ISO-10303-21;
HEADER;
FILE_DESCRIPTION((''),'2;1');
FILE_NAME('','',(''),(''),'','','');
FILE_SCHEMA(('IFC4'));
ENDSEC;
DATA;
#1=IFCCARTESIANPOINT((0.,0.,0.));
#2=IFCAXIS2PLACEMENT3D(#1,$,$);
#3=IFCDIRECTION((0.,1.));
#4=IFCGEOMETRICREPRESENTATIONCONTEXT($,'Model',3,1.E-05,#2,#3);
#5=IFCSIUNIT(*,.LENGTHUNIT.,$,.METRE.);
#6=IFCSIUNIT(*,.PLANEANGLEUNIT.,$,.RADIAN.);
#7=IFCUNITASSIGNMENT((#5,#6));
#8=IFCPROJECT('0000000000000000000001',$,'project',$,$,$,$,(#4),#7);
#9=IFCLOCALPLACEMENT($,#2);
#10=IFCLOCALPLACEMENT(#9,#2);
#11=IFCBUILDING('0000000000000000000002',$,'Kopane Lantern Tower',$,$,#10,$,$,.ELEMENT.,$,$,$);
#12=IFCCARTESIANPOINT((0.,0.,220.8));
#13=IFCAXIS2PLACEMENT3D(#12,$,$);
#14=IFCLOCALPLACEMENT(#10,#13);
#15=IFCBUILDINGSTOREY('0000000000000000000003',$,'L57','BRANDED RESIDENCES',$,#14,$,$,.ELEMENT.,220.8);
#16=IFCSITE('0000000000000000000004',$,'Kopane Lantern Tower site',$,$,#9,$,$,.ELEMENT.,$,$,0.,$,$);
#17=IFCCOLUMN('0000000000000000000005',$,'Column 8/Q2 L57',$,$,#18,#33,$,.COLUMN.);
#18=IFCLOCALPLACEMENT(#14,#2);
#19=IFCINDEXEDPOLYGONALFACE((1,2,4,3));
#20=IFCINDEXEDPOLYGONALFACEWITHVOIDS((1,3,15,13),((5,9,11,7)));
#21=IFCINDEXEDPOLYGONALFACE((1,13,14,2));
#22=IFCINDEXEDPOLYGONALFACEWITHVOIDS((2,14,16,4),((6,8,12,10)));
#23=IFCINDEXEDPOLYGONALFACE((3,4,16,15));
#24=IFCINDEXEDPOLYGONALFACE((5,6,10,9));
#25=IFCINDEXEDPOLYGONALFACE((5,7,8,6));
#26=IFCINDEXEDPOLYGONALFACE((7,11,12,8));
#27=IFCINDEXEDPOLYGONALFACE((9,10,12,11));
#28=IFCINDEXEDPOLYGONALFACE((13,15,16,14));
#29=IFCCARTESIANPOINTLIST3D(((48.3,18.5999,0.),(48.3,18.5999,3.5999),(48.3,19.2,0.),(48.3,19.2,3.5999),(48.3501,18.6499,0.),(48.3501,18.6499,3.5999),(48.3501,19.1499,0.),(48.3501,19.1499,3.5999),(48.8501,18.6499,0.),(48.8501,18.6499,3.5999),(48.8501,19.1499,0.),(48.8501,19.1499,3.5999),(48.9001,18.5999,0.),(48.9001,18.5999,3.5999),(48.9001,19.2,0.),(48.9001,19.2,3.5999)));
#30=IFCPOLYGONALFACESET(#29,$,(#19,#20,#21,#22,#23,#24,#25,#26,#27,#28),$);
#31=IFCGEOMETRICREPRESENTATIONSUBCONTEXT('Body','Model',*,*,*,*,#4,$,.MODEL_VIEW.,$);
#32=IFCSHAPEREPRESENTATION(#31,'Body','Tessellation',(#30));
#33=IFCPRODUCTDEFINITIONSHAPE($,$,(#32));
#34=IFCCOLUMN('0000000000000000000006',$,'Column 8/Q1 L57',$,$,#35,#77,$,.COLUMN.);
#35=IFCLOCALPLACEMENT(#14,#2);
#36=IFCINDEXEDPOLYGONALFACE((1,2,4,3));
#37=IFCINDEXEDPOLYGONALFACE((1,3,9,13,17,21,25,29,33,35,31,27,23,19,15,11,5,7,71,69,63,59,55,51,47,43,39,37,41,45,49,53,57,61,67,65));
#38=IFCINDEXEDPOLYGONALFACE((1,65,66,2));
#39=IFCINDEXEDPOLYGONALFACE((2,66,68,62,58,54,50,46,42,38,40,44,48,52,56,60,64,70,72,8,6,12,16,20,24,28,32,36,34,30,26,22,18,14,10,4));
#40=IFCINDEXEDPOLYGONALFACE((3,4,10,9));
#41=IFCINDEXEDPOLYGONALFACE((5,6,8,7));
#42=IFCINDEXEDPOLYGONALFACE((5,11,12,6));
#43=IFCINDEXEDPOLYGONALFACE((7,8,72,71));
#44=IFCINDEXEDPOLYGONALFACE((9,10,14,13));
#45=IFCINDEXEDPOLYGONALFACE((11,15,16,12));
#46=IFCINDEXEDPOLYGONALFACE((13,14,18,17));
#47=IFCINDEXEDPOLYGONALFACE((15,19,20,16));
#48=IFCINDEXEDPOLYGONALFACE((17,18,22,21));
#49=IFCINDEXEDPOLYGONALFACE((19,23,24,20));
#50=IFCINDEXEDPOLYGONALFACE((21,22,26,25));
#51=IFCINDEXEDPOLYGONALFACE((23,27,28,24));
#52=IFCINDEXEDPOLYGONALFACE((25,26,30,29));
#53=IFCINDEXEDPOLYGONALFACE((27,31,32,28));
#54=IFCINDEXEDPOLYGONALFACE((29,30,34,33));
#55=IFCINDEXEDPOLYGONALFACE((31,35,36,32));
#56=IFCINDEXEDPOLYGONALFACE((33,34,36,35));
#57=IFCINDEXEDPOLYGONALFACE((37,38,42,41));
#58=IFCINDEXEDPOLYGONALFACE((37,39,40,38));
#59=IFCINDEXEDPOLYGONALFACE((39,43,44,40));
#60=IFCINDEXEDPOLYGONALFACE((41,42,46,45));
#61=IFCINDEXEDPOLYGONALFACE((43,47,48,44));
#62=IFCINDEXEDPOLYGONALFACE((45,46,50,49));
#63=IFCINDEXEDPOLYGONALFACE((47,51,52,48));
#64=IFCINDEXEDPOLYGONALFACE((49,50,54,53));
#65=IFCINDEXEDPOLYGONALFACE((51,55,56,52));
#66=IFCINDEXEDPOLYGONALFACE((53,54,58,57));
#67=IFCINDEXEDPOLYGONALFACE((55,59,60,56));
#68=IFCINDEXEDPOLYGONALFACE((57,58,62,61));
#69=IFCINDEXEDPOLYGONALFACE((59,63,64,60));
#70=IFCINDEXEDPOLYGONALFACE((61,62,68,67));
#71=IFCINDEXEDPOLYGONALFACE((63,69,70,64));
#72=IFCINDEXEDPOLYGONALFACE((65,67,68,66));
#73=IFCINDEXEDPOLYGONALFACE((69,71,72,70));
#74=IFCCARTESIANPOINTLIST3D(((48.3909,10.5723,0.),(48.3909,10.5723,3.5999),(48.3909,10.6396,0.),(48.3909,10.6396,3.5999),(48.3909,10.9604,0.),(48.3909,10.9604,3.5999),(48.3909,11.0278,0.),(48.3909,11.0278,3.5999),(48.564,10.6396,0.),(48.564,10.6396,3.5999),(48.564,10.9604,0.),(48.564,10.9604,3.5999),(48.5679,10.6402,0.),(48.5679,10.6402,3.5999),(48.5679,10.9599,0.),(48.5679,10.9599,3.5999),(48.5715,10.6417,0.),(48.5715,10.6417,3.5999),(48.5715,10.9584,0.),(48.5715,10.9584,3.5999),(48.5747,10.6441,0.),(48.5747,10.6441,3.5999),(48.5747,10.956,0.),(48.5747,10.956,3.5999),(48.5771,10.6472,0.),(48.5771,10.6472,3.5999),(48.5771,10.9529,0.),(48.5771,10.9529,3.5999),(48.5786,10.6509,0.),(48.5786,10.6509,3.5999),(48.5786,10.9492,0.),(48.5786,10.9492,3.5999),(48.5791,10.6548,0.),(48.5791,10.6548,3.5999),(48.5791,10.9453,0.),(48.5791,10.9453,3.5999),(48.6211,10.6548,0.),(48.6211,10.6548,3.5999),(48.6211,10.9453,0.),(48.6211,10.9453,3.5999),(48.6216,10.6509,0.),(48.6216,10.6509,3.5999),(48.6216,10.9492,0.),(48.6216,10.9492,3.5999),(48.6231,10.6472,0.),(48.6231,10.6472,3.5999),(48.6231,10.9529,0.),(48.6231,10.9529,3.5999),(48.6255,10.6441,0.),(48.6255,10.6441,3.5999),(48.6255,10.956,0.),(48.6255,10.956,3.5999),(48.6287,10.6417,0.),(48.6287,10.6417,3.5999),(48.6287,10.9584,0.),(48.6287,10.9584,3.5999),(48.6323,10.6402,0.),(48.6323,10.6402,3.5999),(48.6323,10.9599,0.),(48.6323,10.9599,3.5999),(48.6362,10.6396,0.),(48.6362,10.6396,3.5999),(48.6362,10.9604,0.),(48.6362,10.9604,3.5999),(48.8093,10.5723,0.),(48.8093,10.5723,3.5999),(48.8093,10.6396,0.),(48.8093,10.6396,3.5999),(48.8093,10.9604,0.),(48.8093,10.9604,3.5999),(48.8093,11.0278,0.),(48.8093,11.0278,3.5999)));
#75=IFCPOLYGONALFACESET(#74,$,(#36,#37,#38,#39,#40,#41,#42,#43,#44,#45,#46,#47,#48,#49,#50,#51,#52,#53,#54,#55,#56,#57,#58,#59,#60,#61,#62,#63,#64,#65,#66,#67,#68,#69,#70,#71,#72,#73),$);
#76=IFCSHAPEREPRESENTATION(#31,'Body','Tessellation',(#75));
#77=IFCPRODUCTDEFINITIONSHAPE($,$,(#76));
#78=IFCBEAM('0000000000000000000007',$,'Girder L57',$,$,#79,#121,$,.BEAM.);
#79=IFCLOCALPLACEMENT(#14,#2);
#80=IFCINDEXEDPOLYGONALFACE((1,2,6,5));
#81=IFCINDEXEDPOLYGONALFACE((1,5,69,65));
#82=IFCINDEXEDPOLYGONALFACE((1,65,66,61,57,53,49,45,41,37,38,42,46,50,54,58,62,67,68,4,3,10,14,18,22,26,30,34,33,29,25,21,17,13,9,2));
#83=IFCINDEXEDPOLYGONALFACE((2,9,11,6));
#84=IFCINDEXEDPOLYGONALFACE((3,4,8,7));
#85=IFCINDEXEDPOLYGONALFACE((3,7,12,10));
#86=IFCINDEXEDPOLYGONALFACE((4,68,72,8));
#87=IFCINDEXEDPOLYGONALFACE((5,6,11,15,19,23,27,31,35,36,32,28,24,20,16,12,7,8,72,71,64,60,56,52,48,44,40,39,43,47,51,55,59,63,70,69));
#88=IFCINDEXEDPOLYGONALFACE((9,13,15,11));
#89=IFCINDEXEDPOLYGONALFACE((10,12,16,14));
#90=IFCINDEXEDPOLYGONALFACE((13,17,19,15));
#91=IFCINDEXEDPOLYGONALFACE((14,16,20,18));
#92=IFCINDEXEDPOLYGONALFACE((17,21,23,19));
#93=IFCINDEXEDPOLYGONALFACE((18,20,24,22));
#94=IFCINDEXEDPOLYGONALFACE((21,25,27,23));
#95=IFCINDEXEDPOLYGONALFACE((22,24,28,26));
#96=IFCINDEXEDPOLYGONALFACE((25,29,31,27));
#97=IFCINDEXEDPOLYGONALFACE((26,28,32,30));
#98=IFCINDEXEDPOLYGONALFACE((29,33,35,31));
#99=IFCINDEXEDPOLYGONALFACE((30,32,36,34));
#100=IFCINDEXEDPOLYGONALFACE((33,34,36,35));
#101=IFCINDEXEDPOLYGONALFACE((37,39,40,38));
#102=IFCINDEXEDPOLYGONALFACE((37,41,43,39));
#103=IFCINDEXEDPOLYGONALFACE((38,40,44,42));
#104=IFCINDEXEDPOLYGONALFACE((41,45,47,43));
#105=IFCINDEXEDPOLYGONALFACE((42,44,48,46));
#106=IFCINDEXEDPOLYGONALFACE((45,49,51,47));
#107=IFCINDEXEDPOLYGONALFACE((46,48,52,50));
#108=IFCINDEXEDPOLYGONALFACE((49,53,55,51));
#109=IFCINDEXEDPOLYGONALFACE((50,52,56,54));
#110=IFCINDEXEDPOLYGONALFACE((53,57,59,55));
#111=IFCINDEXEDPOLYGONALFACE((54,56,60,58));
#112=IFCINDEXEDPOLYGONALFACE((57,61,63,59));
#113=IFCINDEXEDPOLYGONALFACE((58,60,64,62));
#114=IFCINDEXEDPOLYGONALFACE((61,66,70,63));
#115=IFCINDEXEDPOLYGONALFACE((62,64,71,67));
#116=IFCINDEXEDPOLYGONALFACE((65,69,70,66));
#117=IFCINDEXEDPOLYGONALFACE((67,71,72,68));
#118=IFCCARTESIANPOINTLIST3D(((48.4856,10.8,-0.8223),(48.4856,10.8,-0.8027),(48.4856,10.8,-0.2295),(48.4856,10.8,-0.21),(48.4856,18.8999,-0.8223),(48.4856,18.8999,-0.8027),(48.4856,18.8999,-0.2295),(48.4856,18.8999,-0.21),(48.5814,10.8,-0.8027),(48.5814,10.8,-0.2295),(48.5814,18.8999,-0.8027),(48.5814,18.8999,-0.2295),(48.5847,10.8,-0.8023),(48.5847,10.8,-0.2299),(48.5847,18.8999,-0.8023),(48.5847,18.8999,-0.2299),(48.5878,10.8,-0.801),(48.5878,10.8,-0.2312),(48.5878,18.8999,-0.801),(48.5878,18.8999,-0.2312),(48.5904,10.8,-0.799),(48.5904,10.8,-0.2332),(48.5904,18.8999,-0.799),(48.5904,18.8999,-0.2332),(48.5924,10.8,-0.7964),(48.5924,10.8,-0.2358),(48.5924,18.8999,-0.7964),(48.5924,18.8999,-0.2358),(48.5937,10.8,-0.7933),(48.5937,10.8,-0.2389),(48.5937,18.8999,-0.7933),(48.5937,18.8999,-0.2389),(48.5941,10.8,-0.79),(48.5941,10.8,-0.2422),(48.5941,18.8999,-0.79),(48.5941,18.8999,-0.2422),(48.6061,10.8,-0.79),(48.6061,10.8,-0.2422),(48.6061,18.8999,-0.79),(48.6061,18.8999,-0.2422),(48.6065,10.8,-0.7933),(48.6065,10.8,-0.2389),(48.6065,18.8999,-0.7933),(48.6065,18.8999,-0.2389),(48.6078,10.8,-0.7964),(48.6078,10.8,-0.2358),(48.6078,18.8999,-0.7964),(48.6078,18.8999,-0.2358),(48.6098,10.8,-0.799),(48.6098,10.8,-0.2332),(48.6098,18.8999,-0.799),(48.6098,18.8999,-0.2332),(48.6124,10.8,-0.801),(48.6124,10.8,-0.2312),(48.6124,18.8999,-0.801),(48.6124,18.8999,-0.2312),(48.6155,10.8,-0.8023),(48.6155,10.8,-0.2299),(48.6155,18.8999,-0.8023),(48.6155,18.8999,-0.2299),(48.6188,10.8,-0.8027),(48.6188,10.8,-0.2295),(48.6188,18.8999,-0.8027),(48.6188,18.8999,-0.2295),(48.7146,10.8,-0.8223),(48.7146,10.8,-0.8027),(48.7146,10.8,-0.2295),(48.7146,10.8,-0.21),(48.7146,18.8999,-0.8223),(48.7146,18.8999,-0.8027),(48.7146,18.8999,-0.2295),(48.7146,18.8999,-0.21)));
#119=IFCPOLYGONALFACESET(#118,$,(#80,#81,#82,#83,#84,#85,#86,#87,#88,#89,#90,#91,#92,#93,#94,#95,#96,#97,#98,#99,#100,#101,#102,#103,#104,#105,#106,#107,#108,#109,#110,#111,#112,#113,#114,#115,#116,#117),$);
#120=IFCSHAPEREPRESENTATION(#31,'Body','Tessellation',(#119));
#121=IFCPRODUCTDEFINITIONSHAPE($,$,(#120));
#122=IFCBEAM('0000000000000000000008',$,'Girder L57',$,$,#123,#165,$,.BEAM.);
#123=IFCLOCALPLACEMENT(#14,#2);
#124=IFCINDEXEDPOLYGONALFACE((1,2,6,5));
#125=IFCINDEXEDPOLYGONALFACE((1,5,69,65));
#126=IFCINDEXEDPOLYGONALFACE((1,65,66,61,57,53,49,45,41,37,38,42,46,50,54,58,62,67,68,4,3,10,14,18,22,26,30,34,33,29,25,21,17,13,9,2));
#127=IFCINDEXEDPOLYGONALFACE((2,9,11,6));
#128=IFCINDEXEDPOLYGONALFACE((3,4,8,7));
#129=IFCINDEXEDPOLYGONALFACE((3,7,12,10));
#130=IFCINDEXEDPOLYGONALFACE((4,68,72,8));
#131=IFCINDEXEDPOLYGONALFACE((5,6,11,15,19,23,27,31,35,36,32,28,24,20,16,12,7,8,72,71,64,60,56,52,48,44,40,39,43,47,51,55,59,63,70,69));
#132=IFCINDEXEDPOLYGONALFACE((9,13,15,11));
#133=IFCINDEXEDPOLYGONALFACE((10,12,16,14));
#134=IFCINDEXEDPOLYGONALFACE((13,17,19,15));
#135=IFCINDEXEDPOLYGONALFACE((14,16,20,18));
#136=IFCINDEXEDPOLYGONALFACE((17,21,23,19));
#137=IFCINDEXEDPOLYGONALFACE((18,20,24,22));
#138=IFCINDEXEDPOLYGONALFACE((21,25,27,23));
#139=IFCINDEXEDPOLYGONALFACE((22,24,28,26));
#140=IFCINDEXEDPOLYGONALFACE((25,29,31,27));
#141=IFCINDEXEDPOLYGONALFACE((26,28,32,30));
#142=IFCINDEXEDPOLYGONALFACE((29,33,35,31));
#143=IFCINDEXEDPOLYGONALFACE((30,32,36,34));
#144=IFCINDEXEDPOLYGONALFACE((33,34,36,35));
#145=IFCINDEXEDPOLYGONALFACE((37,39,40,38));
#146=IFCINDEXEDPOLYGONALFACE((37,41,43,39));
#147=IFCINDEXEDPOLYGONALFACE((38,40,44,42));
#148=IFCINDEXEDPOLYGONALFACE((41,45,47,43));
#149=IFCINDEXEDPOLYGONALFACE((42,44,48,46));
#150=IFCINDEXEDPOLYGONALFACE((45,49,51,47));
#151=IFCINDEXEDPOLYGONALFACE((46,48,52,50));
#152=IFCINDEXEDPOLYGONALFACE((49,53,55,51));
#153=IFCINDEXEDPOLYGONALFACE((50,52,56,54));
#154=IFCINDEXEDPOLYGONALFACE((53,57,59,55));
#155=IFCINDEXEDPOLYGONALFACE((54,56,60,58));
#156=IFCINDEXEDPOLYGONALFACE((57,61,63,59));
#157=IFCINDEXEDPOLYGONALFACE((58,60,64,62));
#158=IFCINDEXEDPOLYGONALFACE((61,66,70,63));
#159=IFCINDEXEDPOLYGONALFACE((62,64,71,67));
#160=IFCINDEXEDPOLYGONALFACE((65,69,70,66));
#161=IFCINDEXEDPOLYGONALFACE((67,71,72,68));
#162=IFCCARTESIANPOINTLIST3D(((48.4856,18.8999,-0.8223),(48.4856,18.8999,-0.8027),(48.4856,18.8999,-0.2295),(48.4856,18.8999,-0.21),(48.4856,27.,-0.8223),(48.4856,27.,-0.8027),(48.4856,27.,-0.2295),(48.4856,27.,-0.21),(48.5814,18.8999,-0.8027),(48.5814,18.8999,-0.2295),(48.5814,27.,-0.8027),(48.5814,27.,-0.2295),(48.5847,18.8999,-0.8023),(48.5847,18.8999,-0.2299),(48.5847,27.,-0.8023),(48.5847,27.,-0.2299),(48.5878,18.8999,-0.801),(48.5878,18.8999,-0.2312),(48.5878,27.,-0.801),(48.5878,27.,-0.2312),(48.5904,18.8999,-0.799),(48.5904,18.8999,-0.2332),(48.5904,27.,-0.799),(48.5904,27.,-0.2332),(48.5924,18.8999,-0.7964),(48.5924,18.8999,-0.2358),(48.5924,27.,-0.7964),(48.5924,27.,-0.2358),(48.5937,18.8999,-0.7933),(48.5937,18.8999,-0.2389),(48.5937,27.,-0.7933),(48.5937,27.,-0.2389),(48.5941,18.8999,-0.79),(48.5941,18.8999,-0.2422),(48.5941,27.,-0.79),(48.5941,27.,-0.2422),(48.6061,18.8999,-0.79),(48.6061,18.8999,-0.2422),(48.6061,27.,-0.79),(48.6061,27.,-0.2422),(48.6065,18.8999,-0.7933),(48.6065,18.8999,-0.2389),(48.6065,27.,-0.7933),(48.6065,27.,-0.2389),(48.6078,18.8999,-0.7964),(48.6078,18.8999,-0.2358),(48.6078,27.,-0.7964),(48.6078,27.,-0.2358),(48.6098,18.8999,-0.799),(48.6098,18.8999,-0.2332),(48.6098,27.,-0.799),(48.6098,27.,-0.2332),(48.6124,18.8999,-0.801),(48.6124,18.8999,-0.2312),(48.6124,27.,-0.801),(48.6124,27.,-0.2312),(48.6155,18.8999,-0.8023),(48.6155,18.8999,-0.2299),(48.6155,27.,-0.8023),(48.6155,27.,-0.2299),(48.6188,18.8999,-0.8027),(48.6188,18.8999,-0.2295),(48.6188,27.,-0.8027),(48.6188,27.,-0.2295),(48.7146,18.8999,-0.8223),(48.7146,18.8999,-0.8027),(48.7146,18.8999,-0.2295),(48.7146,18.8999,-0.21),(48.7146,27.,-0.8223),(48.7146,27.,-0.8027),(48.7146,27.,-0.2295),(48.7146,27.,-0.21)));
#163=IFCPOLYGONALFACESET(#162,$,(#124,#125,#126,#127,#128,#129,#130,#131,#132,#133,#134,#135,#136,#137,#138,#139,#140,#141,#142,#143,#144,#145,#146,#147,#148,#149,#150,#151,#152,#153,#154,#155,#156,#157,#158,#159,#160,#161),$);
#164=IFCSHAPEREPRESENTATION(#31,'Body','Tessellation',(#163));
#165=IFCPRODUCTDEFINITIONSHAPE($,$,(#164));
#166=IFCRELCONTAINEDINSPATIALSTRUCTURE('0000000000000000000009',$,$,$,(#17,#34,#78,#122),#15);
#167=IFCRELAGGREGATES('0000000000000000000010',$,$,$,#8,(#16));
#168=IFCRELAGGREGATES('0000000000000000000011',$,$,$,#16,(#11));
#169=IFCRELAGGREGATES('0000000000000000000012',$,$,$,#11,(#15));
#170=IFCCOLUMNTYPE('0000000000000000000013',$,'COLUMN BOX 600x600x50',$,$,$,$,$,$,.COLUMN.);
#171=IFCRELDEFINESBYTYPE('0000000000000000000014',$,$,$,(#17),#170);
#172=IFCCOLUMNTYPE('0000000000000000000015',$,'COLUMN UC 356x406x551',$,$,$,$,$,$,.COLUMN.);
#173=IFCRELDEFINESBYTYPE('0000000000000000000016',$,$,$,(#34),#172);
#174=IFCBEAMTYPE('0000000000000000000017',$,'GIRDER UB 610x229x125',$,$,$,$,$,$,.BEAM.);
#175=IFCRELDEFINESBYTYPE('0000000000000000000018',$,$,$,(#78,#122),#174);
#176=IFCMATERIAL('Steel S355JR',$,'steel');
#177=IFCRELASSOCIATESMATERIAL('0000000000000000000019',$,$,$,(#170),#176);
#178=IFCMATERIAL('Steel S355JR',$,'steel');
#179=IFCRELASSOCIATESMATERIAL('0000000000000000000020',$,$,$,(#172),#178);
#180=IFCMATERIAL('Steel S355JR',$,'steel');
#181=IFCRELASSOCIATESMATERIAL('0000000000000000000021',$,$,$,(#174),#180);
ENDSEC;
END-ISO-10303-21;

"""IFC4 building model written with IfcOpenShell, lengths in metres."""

from ifc_helpers import new_model, si_unit, direction, frame, origin, origin_2d, place, context, subcontext, project, spatial, hollow_rectangle, i_section, extrude, material, material_profile, profile_set, type_object, element, save


model = new_model("IFC4")

# Units and contexts
model_context = context("Model", 3, precision=1e-05, world=origin(), true_north=direction((0.0, 1.0)))
body_context = subcontext(model_context, "Body", "Model", "MODEL_VIEW")
ifc_project = project(units=[si_unit("LENGTHUNIT", "METRE"), si_unit("PLANEANGLEUNIT", "RADIAN")], contexts=[model_context])

# Site, building, storey
site_placement = place(None, origin())
site = spatial("IfcSite", under=ifc_project, at=site_placement, Name="Kopane Lantern Tower site", CompositionType="ELEMENT", RefElevation=0.0)
building_placement = place(site_placement, origin())
building = spatial("IfcBuilding", under=site, at=building_placement, Name="Kopane Lantern Tower", CompositionType="ELEMENT")
storey_placement = place(building_placement, frame((0.0, 0.0, 220.8)))
storey = spatial("IfcBuildingStorey", under=building, at=storey_placement, Name="L57", Description="BRANDED RESIDENCES", CompositionType="ELEMENT", Elevation=220.8)

# Columns
ifc_material_1 = material(Name="Steel S355JR", Category="steel")
ifc_material_profile_1 = material_profile(ifc_material_1, hollow_rectangle(XDim=0.6001, YDim=0.6001, WallThickness=0.05, at=origin_2d()), Name="BOX 600x600x50")
ifc_profile_set_1 = profile_set([ifc_material_profile_1], Name="Steel S355JR")
column_type_1 = type_object("IfcColumnType", Name="COLUMN BOX 600x600x50", PredefinedType="COLUMN", material=ifc_profile_set_1)
column_1_placement = place(storey_placement, frame((48.6001, 18.8999, 0.0), z_axis=(0.0, 0.0, 1.0), x_axis=(1.0, 0.0, 0.0)))
element("IfcColumn", 1, at=column_1_placement, inside=storey, type_object=column_type_1, Name="Column 8/Q2 L57", PredefinedType="COLUMN", context=body_context, shape_type="SweptSolid", body=[
    extrude(hollow_rectangle(XDim=0.6001, YDim=0.6001, WallThickness=0.05, at=origin_2d()), origin(), (0.0, 0.0, 1.0), 3.5999),
])
ifc_material_2 = material(Name="Steel S355JR", Category="steel")
ifc_material_profile_2 = material_profile(ifc_material_2, i_section(OverallWidth=0.4185, OverallDepth=0.4556, WebThickness=0.042, FlangeThickness=0.0674, FilletRadius=0.0151, at=origin_2d()), Name="UC 356x406x551")
ifc_profile_set_2 = profile_set([ifc_material_profile_2], Name="Steel S355JR")
column_type_2 = type_object("IfcColumnType", Name="COLUMN UC 356x406x551", PredefinedType="COLUMN", material=ifc_profile_set_2)
column_2_placement = place(storey_placement, frame((48.6001, 10.8, 0.0), z_axis=(0.0, 0.0, 1.0), x_axis=(1.0, 0.0, 0.0)))
element("IfcColumn", 2, at=column_2_placement, inside=storey, type_object=column_type_2, Name="Column 8/Q1 L57", PredefinedType="COLUMN", context=body_context, shape_type="SweptSolid", body=[
    extrude(i_section(OverallWidth=0.4185, OverallDepth=0.4556, WebThickness=0.042, FlangeThickness=0.0674, FilletRadius=0.0151, at=origin_2d()), origin(), (0.0, 0.0, 1.0), 3.5999),
])

# Beams
ifc_material_3 = material(Name="Steel S355JR", Category="steel")
ifc_material_profile_3 = material_profile(ifc_material_3, i_section(OverallWidth=0.229, OverallDepth=0.6123, WebThickness=0.012, FlangeThickness=0.0195, FilletRadius=0.0127, at=origin_2d()), Name="UB 610x229x125")
ifc_profile_set_3 = profile_set([ifc_material_profile_3], Name="Steel S355JR")
beam_type = type_object("IfcBeamType", Name="GIRDER UB 610x229x125", PredefinedType="BEAM", material=ifc_profile_set_3)
beam_1_placement = place(storey_placement, frame((48.6001, 10.8, -0.5161), z_axis=(0.0, 1.0, 0.0), x_axis=(-1.0, 0.0, 0.0)))
element("IfcBeam", 3, at=beam_1_placement, inside=storey, type_object=beam_type, Name="Girder L57", PredefinedType="BEAM", context=body_context, shape_type="SweptSolid", body=[
    extrude(i_section(OverallWidth=0.229, OverallDepth=0.6123, WebThickness=0.012, FlangeThickness=0.0195, FilletRadius=0.0127, at=origin_2d()), origin(), (0.0, 0.0, 1.0), 8.0999),
])
beam_2_placement = place(storey_placement, frame((48.6001, 18.8999, -0.5161), z_axis=(0.0, 1.0, 0.0), x_axis=(-1.0, 0.0, 0.0)))
element("IfcBeam", 4, at=beam_2_placement, inside=storey, type_object=beam_type, Name="Girder L57", PredefinedType="BEAM", context=body_context, shape_type="SweptSolid", body=[
    extrude(i_section(OverallWidth=0.229, OverallDepth=0.6123, WebThickness=0.012, FlangeThickness=0.0195, FilletRadius=0.0127, at=origin_2d()), origin(), (0.0, 0.0, 1.0), 8.1001),
])

save(model, "model.ifc")
